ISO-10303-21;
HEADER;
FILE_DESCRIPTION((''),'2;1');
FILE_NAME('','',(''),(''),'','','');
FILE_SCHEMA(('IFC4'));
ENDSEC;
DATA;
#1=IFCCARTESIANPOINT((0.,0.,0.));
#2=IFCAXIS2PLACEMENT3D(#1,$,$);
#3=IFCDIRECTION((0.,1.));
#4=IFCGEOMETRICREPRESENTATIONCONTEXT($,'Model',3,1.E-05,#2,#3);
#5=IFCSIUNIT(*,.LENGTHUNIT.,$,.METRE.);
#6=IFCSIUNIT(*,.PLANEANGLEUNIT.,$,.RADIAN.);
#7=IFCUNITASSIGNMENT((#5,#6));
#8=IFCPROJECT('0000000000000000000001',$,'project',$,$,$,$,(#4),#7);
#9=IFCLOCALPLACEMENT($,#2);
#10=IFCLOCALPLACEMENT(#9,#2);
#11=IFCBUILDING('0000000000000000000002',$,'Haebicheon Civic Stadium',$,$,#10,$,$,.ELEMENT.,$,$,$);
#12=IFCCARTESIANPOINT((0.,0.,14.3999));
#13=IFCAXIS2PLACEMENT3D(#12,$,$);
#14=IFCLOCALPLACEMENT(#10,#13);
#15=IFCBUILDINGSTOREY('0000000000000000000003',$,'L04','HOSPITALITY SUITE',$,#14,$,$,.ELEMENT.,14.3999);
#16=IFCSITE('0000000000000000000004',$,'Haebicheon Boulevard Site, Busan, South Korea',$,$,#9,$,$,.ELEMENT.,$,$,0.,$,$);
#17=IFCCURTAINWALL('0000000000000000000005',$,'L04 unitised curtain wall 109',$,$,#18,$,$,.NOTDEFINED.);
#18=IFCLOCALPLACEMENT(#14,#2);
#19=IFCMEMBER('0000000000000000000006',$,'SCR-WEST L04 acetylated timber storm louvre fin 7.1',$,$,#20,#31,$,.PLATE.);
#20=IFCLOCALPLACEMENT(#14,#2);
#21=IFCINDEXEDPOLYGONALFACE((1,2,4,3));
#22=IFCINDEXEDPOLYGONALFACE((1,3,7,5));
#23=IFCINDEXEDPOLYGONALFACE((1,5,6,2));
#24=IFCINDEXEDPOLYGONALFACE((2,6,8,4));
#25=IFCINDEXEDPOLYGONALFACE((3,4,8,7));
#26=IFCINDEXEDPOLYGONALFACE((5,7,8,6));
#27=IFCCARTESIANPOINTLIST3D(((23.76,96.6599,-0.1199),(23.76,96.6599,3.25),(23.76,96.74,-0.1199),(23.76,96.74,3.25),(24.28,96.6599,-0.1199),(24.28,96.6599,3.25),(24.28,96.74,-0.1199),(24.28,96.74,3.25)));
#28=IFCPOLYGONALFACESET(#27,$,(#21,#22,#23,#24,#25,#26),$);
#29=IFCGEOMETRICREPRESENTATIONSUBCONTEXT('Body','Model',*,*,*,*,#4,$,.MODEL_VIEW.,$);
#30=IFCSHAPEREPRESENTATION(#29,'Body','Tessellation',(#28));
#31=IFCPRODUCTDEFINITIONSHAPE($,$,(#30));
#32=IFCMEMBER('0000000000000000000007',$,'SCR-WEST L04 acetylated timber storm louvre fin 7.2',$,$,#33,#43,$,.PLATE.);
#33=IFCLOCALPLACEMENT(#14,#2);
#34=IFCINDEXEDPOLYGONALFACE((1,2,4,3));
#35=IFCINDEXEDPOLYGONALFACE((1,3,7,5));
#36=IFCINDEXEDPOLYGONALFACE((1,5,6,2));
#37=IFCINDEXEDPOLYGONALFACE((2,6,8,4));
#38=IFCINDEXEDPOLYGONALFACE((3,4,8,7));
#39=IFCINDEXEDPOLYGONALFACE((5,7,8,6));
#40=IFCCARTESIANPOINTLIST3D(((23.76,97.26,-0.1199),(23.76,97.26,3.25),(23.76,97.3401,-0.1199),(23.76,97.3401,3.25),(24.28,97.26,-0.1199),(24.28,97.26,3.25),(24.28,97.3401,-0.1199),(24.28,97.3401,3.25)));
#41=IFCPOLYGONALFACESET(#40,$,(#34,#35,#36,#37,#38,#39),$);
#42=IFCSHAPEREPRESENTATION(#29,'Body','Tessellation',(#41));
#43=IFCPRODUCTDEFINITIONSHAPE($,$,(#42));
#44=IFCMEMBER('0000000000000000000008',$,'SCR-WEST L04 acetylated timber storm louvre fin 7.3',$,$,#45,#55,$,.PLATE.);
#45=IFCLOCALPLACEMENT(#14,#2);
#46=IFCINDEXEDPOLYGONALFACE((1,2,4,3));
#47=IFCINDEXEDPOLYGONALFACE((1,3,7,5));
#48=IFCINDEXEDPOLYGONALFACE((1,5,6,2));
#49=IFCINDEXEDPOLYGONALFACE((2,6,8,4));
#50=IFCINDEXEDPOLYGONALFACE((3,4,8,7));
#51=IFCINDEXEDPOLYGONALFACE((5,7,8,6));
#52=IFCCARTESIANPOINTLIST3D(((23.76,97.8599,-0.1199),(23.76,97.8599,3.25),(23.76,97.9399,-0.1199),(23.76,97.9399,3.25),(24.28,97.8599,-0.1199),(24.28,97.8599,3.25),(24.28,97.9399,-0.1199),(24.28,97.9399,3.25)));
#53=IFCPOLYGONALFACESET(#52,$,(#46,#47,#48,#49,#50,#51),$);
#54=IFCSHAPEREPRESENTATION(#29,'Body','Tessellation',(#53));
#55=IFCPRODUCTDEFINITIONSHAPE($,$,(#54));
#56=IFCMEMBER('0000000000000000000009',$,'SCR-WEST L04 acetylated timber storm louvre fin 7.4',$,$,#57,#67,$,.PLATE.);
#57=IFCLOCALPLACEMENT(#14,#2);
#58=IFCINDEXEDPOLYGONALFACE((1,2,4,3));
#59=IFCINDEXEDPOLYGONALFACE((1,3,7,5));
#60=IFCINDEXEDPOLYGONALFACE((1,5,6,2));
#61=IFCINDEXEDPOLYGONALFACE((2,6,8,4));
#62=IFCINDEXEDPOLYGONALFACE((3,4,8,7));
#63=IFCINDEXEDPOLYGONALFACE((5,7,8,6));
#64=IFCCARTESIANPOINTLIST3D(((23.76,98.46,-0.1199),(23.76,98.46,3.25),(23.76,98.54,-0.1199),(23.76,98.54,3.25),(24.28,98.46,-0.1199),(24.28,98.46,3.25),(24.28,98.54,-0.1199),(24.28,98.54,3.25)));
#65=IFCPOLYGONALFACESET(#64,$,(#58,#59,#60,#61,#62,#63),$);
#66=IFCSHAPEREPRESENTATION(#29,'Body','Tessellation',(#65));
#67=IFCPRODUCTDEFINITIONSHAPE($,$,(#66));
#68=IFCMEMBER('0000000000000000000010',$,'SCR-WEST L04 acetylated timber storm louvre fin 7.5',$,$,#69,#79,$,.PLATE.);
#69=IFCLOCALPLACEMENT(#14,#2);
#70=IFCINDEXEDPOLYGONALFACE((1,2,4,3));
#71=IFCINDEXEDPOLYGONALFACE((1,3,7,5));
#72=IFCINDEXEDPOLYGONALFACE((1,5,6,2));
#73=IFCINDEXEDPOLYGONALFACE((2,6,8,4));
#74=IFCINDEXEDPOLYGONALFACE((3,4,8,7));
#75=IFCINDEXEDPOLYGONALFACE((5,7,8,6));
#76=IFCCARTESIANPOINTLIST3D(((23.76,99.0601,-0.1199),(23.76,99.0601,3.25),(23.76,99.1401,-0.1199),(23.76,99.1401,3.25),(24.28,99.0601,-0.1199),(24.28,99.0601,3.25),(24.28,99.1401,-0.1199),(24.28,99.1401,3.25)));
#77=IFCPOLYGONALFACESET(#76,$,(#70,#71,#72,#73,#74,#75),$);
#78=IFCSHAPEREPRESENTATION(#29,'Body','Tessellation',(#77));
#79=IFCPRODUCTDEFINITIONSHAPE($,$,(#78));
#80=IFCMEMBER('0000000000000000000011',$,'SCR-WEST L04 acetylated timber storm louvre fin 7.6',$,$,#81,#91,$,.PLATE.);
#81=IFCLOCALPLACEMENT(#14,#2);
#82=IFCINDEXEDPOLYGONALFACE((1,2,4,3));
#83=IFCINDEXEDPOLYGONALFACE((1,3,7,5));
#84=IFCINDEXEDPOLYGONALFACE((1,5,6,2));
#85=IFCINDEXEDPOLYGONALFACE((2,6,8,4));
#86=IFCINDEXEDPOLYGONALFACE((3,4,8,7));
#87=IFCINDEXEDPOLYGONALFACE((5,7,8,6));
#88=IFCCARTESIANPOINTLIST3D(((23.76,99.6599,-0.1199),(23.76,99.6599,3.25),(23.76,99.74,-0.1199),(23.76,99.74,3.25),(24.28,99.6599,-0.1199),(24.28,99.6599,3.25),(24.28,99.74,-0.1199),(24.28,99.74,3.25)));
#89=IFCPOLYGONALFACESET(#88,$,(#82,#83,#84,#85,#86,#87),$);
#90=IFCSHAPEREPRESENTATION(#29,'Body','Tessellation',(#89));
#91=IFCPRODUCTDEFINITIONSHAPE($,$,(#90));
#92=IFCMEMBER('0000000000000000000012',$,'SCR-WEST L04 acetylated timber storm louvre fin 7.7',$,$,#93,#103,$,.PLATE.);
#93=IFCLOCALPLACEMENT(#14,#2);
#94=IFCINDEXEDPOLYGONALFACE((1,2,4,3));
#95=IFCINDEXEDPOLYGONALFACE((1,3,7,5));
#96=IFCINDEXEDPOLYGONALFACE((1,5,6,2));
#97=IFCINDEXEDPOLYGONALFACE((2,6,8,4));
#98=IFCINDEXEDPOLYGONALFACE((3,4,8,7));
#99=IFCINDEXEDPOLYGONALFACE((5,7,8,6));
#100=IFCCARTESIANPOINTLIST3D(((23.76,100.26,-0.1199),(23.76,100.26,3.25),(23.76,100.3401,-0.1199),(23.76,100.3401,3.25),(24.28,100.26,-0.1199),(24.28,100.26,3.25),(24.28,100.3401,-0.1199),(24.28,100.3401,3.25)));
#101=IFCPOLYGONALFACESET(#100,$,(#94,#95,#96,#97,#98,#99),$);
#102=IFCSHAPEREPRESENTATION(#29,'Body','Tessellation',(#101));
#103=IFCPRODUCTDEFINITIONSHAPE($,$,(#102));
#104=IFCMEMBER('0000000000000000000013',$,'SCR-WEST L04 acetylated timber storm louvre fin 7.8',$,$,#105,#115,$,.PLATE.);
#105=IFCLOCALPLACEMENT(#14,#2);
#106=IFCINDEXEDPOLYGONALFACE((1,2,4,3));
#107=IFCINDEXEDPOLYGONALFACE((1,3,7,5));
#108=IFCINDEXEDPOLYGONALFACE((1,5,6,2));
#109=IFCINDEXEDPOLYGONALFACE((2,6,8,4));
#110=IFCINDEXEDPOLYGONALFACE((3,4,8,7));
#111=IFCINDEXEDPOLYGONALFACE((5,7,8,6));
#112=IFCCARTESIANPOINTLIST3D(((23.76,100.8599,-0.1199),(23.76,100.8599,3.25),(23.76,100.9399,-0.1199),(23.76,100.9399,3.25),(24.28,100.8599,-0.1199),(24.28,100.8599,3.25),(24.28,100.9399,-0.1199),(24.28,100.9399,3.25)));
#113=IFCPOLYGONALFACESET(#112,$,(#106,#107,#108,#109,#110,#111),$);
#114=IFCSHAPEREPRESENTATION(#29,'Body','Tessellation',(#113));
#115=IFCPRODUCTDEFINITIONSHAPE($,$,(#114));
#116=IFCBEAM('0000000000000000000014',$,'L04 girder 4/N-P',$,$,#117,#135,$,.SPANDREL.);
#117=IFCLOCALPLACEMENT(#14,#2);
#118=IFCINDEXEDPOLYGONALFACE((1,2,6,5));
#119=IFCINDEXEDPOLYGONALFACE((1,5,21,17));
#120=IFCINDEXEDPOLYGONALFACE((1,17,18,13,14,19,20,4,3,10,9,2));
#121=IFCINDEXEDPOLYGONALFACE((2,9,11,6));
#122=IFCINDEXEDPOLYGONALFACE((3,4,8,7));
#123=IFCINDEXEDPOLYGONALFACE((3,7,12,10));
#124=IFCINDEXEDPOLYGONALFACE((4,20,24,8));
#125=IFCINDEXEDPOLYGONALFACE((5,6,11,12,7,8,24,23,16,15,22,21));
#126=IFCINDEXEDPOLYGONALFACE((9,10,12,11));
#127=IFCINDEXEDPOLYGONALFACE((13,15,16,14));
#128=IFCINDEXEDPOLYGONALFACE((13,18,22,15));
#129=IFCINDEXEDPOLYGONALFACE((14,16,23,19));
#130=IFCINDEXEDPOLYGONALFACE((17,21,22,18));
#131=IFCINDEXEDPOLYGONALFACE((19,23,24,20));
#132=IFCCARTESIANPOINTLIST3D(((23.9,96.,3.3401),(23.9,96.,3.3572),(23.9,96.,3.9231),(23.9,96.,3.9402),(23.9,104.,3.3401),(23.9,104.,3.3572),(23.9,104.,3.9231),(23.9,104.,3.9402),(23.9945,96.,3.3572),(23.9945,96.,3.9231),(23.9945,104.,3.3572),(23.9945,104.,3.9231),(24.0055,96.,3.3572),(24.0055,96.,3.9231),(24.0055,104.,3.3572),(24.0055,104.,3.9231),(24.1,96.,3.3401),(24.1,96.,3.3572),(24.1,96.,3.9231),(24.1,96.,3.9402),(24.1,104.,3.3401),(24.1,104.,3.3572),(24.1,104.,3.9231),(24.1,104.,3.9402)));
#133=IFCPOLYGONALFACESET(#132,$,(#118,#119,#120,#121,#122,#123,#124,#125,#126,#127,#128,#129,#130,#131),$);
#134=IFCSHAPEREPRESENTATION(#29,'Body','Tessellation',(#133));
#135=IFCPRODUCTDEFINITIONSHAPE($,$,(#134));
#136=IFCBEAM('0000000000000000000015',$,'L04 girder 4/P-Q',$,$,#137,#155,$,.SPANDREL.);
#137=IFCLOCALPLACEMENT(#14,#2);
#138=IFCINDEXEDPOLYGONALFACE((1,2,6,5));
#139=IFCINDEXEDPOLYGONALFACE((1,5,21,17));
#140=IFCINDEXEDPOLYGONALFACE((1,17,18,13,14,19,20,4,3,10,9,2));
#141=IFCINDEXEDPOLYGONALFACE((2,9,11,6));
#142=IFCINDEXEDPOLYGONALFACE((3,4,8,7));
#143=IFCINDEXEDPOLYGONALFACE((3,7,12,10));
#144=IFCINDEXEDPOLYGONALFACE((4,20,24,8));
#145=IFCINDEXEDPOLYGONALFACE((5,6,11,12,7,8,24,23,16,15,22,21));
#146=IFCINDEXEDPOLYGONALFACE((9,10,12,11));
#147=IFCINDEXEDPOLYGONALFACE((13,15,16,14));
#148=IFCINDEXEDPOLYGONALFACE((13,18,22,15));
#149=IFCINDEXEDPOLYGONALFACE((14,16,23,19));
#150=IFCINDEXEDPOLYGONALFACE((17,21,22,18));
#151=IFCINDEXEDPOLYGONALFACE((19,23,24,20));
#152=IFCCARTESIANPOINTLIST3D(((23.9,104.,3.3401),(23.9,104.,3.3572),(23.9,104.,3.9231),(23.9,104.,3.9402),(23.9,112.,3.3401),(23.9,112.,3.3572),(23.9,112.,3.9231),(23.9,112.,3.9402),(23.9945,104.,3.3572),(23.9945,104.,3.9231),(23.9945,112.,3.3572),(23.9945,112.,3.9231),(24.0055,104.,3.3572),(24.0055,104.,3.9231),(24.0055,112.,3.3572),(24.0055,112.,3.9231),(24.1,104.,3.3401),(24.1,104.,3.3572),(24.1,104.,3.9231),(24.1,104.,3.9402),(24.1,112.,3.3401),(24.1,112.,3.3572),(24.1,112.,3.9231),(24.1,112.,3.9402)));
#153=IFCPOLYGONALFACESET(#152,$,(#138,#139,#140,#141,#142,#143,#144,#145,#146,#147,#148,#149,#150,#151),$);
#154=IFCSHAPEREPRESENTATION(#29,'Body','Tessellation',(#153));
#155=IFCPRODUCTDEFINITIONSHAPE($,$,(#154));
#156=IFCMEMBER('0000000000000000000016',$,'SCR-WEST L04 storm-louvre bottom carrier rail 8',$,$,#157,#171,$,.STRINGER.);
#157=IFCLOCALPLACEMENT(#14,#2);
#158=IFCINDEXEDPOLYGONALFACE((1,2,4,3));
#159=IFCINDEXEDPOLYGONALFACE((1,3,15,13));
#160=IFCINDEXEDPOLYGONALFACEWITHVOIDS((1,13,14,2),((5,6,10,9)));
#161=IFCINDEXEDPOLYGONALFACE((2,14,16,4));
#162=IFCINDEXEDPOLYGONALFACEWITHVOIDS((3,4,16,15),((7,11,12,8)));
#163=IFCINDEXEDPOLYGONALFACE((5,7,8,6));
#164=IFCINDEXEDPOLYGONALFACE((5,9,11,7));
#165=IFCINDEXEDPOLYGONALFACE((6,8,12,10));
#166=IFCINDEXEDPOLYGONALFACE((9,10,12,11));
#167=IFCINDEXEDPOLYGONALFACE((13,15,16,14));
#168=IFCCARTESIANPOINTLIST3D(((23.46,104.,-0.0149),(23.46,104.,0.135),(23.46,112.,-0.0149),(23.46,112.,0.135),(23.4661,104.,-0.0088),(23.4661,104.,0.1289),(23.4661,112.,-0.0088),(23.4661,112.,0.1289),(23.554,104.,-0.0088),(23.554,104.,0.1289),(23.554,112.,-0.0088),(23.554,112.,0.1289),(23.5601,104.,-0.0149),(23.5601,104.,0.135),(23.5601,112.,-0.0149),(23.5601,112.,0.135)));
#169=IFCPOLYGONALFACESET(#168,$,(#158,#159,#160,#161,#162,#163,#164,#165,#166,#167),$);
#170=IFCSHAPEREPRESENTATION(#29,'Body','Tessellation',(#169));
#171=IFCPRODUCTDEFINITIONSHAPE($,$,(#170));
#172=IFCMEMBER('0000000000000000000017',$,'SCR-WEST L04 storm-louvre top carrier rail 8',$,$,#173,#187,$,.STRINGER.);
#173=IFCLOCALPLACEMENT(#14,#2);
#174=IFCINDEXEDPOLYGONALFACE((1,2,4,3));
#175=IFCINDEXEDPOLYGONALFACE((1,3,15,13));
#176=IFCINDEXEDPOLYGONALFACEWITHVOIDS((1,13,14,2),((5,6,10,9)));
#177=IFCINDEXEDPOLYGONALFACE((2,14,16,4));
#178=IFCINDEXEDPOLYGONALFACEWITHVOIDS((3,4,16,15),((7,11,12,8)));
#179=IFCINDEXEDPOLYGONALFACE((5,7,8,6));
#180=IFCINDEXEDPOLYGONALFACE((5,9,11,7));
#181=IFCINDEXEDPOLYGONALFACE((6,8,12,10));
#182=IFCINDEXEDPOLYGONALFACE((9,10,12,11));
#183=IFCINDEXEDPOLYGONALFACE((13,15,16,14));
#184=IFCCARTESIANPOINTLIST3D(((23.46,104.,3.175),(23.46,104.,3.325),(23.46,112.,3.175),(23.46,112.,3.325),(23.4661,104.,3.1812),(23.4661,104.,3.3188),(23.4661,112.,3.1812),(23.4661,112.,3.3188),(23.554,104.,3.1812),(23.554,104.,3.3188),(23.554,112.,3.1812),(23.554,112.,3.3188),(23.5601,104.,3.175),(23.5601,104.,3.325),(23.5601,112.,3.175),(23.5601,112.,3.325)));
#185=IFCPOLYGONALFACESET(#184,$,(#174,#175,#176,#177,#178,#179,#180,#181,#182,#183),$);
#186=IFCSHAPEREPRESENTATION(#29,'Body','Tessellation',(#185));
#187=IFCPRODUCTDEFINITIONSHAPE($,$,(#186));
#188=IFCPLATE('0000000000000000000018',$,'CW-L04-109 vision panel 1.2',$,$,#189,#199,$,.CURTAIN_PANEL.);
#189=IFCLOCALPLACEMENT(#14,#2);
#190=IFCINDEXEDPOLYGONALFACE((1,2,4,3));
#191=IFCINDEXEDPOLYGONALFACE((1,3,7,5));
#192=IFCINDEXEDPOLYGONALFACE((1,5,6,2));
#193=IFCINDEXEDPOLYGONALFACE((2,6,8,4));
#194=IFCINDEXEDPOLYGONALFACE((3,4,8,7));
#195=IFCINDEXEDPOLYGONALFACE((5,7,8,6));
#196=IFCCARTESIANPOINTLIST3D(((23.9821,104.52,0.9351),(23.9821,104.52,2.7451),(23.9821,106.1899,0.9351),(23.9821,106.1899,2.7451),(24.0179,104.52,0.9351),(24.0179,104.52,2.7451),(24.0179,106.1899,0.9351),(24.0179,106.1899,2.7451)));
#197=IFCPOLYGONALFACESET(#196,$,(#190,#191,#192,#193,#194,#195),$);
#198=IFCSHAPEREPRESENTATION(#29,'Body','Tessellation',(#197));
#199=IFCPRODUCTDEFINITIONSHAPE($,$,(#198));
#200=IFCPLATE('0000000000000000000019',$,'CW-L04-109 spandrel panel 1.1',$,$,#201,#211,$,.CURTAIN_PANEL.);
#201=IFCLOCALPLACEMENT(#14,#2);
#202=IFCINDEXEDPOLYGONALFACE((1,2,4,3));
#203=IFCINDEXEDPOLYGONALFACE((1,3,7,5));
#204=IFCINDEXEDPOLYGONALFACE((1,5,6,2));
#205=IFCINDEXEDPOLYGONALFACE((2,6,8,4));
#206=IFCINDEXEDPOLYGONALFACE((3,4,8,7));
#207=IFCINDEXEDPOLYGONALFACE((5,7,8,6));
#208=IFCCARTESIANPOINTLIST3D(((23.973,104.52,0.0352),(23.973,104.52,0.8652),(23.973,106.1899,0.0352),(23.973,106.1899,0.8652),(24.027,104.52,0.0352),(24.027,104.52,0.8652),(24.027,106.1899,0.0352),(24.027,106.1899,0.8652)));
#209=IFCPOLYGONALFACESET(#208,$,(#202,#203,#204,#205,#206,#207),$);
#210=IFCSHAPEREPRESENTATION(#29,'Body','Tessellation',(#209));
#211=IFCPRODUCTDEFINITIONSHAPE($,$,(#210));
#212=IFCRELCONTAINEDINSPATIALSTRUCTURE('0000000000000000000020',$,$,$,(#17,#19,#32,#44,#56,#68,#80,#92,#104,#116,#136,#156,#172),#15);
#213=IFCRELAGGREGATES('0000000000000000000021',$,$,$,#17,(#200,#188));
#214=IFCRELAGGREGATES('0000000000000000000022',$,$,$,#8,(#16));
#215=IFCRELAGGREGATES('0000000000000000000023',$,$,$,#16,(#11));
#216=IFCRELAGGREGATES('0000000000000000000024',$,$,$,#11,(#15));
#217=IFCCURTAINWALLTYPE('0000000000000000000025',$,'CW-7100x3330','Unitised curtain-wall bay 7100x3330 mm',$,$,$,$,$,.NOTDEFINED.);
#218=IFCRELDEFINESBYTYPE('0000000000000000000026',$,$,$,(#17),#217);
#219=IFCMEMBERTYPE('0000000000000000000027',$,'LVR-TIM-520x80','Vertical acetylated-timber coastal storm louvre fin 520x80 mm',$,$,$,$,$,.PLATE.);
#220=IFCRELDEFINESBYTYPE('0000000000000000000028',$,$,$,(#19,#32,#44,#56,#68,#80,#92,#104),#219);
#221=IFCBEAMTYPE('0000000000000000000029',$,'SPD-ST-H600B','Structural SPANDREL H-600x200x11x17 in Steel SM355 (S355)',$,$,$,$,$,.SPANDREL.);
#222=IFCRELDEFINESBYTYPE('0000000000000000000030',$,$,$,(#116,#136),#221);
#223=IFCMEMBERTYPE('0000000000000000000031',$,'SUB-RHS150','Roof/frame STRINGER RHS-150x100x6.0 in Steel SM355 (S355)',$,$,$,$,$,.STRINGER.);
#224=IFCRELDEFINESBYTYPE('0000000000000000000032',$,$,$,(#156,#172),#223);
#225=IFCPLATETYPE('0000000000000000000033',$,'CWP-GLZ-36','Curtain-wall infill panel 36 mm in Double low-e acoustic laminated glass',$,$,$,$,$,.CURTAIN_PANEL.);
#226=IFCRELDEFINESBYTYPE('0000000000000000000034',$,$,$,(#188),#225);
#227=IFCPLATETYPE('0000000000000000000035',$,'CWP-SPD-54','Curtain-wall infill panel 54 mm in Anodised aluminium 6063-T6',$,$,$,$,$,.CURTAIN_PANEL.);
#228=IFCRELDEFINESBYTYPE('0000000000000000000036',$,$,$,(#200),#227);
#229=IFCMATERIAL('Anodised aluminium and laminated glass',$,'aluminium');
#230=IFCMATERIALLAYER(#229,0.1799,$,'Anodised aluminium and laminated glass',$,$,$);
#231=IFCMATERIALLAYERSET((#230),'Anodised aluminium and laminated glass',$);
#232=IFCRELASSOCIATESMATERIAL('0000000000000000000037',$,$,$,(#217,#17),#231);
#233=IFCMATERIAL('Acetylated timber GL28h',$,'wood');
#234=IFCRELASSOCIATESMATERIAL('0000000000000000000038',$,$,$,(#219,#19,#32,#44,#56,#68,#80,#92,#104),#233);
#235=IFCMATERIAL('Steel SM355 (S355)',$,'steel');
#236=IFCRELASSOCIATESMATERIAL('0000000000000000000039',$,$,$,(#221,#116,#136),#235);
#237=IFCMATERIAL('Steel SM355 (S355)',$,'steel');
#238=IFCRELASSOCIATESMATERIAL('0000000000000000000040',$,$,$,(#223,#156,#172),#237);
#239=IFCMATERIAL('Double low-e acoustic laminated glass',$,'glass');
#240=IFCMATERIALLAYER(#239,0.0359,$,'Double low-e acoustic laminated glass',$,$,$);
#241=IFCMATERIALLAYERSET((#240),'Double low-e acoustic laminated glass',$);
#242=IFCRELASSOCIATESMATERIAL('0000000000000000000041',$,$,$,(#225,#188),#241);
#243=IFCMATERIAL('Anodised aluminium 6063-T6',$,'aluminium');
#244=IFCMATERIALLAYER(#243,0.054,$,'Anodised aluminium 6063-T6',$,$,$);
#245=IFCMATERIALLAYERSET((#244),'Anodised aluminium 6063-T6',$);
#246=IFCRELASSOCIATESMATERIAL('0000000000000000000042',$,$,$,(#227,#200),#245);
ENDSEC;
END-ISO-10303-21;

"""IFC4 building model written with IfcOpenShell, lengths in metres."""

from ifc_helpers import new_model, si_unit, direction, frame, origin, origin_2d, place, context, subcontext, project, spatial, rectangle, hollow_rectangle, i_section, extrude, material, layer, layer_set, material_profile, profile_set, type_object, element, aggregate, save


model = new_model("IFC4")

# Units and contexts
model_context = context("Model", 3, precision=1e-05, world=origin(), true_north=direction((0.0, 1.0)))
body_context = subcontext(model_context, "Body", "Model", "MODEL_VIEW")
ifc_project = project(units=[si_unit("LENGTHUNIT", "METRE"), si_unit("PLANEANGLEUNIT", "RADIAN")], contexts=[model_context])

# Site, building, storey
site_placement = place(None, origin())
site = spatial("IfcSite", under=ifc_project, at=site_placement, Name="Haebicheon Boulevard Site, Busan, South Korea", CompositionType="ELEMENT", RefElevation=0.0)
building_placement = place(site_placement, origin())
building = spatial("IfcBuilding", under=site, at=building_placement, Name="Haebicheon Civic Stadium", CompositionType="ELEMENT")
storey_placement = place(building_placement, frame((0.0, 0.0, 14.3999)))
storey = spatial("IfcBuildingStorey", under=building, at=storey_placement, Name="L04", Description="HOSPITALITY SUITE", CompositionType="ELEMENT", Elevation=14.3999)

# Curtain wall
ifc_material_1 = material(Name="Anodised aluminium and laminated glass", Category="aluminium")
ifc_layer_1 = layer(ifc_material_1, 0.1799, Name="Anodised aluminium and laminated glass")
ifc_layer_set_1 = layer_set([ifc_layer_1], Name="Anodised aluminium and laminated glass")
curtain_wall_type = type_object("IfcCurtainWallType", Name="CW-7100x3330", Description="Unitised curtain-wall bay 7100x3330 mm", PredefinedType="NOTDEFINED", material=ifc_layer_set_1)
curtain_wall_placement = place(storey_placement, origin())
curtain_wall = element("IfcCurtainWall", 1, at=curtain_wall_placement, inside=storey, type_object=curtain_wall_type, material=ifc_layer_set_1, Name="L04 unitised curtain wall 109", PredefinedType="NOTDEFINED")

# Members
ifc_material_2 = material(Name="Acetylated timber GL28h", Category="wood")
ifc_material_profile_1 = material_profile(ifc_material_2, rectangle(XDim=0.0801, YDim=0.52, at=origin_2d()), Name="TMB-LOUV-80x520")
ifc_profile_set_1 = profile_set([ifc_material_profile_1], Name="Acetylated timber GL28h")
member_type_1 = type_object("IfcMemberType", Name="LVR-TIM-520x80", Description="Vertical acetylated-timber coastal storm louvre fin 520x80 mm", PredefinedType="PLATE", material=ifc_profile_set_1)
for number, where, z_axis, x_axis, name in (
    (2, (24.02, 96.7, -0.1199), (0.0, 0.0, 1.0), (0.0, 1.0, 0.0), "SCR-WEST L04 acetylated timber storm louvre fin 7.1"),
    (3, (24.02, 97.3, -0.1199), (0.0, 0.0, 1.0), (0.0, 1.0, 0.0), "SCR-WEST L04 acetylated timber storm louvre fin 7.2"),
    (4, (24.02, 97.8999, -0.1199), (0.0, 0.0, 1.0), (0.0, 1.0, 0.0), "SCR-WEST L04 acetylated timber storm louvre fin 7.3"),
    (5, (24.02, 98.5, -0.1199), (0.0, 0.0, 1.0), (0.0, 1.0, 0.0), "SCR-WEST L04 acetylated timber storm louvre fin 7.4"),
    (6, (24.02, 99.1001, -0.1199), (0.0, 0.0, 1.0), (0.0, 1.0, 0.0), "SCR-WEST L04 acetylated timber storm louvre fin 7.5"),
    (7, (24.02, 99.7, -0.1199), (0.0, 0.0, 1.0), (0.0, 1.0, 0.0), "SCR-WEST L04 acetylated timber storm louvre fin 7.6"),
    (8, (24.02, 100.3, -0.1199), (0.0, 0.0, 1.0), (0.0, 1.0, 0.0), "SCR-WEST L04 acetylated timber storm louvre fin 7.7"),
    (9, (24.02, 100.8999, -0.1199), (0.0, 0.0, 1.0), (0.0, 1.0, 0.0), "SCR-WEST L04 acetylated timber storm louvre fin 7.8"),
):
    element("IfcMember", number, at=place(storey_placement, frame(where, z_axis=z_axis, x_axis=x_axis)), inside=storey, type_object=member_type_1, material=ifc_profile_set_1, Name=name, PredefinedType="PLATE", context=body_context, shape_type="SweptSolid", body=[
        extrude(rectangle(XDim=0.0801, YDim=0.52, at=origin_2d()), origin(), (0.0, 0.0, 1.0), 3.3699),
    ])

# Beams
ifc_material_3 = material(Name="Steel SM355 (S355)", Category="steel")
ifc_material_profile_2 = material_profile(ifc_material_3, i_section(OverallWidth=0.2, OverallDepth=0.6001, WebThickness=0.011, FlangeThickness=0.0171, at=origin_2d()), Name="H-600x200x11x17")
ifc_profile_set_2 = profile_set([ifc_material_profile_2], Name="Steel SM355 (S355)")
beam_type_1 = type_object("IfcBeamType", Name="SPD-ST-H600B", Description="Structural SPANDREL H-600x200x11x17 in Steel SM355 (S355)", PredefinedType="SPANDREL", material=ifc_profile_set_2)
for number, where, z_axis, x_axis, name in (
    (10, (24.0, 96.0, 3.6401), (0.0, 1.0, 0.0), (-1.0, 0.0, 0.0), "L04 girder 4/N-P"),
    (11, (24.0, 104.0, 3.6401), (0.0, 1.0, 0.0), (-1.0, 0.0, 0.0), "L04 girder 4/P-Q"),
):
    element("IfcBeam", number, at=place(storey_placement, frame(where, z_axis=z_axis, x_axis=x_axis)), inside=storey, type_object=beam_type_1, material=ifc_profile_set_2, Name=name, PredefinedType="SPANDREL", context=body_context, shape_type="SweptSolid", body=[
        extrude(i_section(OverallWidth=0.2, OverallDepth=0.6001, WebThickness=0.011, FlangeThickness=0.0171, at=origin_2d()), origin(), (0.0, 0.0, 1.0), 8.0),
    ])

# Members
ifc_material_4 = material(Name="Steel SM355 (S355)", Category="steel")
ifc_material_profile_3 = material_profile(ifc_material_4, hollow_rectangle(XDim=0.1001, YDim=0.1499, WallThickness=0.0061, at=origin_2d()), Name="RHS-150x100x6.0")
ifc_profile_set_3 = profile_set([ifc_material_profile_3], Name="Steel SM355 (S355)")
member_type_2 = type_object("IfcMemberType", Name="SUB-RHS150", Description="Roof/frame STRINGER RHS-150x100x6.0 in Steel SM355 (S355)", PredefinedType="STRINGER", material=ifc_profile_set_3)
for number, where, z_axis, x_axis, name in (
    (12, (23.51, 104.0, 0.0601), (0.0, 1.0, 0.0), (-1.0, 0.0, 0.0), "SCR-WEST L04 storm-louvre bottom carrier rail 8"),
    (13, (23.51, 104.0, 3.25), (0.0, 1.0, 0.0), (-1.0, 0.0, 0.0), "SCR-WEST L04 storm-louvre top carrier rail 8"),
):
    element("IfcMember", number, at=place(storey_placement, frame(where, z_axis=z_axis, x_axis=x_axis)), inside=storey, type_object=member_type_2, material=ifc_profile_set_3, Name=name, PredefinedType="STRINGER", context=body_context, shape_type="SweptSolid", body=[
        extrude(hollow_rectangle(XDim=0.1001, YDim=0.1499, WallThickness=0.0061, at=origin_2d()), origin(), (0.0, 0.0, 1.0), 8.0),
    ])

# Plates
ifc_material_5 = material(Name="Double low-e acoustic laminated glass", Category="glass")
ifc_layer_2 = layer(ifc_material_5, 0.0359, Name="Double low-e acoustic laminated glass")
ifc_layer_set_2 = layer_set([ifc_layer_2], Name="Double low-e acoustic laminated glass")
plate_type_1 = type_object("IfcPlateType", Name="CWP-GLZ-36", Description="Curtain-wall infill panel 36 mm in Double low-e acoustic laminated glass", PredefinedType="CURTAIN_PANEL", material=ifc_layer_set_2)
plate_1_placement = place(storey_placement, frame((24.0, 105.355, 0.9351), z_axis=(0.0, 0.0, 1.0), x_axis=(0.0, 1.0, 0.0)))
plate_1 = element("IfcPlate", 14, at=plate_1_placement, type_object=plate_type_1, material=ifc_layer_set_2, Name="CW-L04-109 vision panel 1.2", PredefinedType="CURTAIN_PANEL", context=body_context, shape_type="SweptSolid", body=[
    extrude(rectangle(XDim=1.6699, YDim=0.0359, at=origin_2d()), origin(), (0.0, 0.0, 1.0), 1.8101),
])
ifc_material_6 = material(Name="Anodised aluminium 6063-T6", Category="aluminium")
ifc_layer_3 = layer(ifc_material_6, 0.054, Name="Anodised aluminium 6063-T6")
ifc_layer_set_3 = layer_set([ifc_layer_3], Name="Anodised aluminium 6063-T6")
plate_type_2 = type_object("IfcPlateType", Name="CWP-SPD-54", Description="Curtain-wall infill panel 54 mm in Anodised aluminium 6063-T6", PredefinedType="CURTAIN_PANEL", material=ifc_layer_set_3)
plate_2_placement = place(storey_placement, frame((24.0, 105.355, 0.0352), z_axis=(0.0, 0.0, 1.0), x_axis=(0.0, 1.0, 0.0)))
plate_2 = element("IfcPlate", 15, at=plate_2_placement, type_object=plate_type_2, material=ifc_layer_set_3, Name="CW-L04-109 spandrel panel 1.1", PredefinedType="CURTAIN_PANEL", context=body_context, shape_type="SweptSolid", body=[
    extrude(rectangle(XDim=1.6699, YDim=0.054, at=origin_2d()), origin(), (0.0, 0.0, 1.0), 0.8301),
])
aggregate(curtain_wall, [plate_2, plate_1])

save(model, "model.ifc")
